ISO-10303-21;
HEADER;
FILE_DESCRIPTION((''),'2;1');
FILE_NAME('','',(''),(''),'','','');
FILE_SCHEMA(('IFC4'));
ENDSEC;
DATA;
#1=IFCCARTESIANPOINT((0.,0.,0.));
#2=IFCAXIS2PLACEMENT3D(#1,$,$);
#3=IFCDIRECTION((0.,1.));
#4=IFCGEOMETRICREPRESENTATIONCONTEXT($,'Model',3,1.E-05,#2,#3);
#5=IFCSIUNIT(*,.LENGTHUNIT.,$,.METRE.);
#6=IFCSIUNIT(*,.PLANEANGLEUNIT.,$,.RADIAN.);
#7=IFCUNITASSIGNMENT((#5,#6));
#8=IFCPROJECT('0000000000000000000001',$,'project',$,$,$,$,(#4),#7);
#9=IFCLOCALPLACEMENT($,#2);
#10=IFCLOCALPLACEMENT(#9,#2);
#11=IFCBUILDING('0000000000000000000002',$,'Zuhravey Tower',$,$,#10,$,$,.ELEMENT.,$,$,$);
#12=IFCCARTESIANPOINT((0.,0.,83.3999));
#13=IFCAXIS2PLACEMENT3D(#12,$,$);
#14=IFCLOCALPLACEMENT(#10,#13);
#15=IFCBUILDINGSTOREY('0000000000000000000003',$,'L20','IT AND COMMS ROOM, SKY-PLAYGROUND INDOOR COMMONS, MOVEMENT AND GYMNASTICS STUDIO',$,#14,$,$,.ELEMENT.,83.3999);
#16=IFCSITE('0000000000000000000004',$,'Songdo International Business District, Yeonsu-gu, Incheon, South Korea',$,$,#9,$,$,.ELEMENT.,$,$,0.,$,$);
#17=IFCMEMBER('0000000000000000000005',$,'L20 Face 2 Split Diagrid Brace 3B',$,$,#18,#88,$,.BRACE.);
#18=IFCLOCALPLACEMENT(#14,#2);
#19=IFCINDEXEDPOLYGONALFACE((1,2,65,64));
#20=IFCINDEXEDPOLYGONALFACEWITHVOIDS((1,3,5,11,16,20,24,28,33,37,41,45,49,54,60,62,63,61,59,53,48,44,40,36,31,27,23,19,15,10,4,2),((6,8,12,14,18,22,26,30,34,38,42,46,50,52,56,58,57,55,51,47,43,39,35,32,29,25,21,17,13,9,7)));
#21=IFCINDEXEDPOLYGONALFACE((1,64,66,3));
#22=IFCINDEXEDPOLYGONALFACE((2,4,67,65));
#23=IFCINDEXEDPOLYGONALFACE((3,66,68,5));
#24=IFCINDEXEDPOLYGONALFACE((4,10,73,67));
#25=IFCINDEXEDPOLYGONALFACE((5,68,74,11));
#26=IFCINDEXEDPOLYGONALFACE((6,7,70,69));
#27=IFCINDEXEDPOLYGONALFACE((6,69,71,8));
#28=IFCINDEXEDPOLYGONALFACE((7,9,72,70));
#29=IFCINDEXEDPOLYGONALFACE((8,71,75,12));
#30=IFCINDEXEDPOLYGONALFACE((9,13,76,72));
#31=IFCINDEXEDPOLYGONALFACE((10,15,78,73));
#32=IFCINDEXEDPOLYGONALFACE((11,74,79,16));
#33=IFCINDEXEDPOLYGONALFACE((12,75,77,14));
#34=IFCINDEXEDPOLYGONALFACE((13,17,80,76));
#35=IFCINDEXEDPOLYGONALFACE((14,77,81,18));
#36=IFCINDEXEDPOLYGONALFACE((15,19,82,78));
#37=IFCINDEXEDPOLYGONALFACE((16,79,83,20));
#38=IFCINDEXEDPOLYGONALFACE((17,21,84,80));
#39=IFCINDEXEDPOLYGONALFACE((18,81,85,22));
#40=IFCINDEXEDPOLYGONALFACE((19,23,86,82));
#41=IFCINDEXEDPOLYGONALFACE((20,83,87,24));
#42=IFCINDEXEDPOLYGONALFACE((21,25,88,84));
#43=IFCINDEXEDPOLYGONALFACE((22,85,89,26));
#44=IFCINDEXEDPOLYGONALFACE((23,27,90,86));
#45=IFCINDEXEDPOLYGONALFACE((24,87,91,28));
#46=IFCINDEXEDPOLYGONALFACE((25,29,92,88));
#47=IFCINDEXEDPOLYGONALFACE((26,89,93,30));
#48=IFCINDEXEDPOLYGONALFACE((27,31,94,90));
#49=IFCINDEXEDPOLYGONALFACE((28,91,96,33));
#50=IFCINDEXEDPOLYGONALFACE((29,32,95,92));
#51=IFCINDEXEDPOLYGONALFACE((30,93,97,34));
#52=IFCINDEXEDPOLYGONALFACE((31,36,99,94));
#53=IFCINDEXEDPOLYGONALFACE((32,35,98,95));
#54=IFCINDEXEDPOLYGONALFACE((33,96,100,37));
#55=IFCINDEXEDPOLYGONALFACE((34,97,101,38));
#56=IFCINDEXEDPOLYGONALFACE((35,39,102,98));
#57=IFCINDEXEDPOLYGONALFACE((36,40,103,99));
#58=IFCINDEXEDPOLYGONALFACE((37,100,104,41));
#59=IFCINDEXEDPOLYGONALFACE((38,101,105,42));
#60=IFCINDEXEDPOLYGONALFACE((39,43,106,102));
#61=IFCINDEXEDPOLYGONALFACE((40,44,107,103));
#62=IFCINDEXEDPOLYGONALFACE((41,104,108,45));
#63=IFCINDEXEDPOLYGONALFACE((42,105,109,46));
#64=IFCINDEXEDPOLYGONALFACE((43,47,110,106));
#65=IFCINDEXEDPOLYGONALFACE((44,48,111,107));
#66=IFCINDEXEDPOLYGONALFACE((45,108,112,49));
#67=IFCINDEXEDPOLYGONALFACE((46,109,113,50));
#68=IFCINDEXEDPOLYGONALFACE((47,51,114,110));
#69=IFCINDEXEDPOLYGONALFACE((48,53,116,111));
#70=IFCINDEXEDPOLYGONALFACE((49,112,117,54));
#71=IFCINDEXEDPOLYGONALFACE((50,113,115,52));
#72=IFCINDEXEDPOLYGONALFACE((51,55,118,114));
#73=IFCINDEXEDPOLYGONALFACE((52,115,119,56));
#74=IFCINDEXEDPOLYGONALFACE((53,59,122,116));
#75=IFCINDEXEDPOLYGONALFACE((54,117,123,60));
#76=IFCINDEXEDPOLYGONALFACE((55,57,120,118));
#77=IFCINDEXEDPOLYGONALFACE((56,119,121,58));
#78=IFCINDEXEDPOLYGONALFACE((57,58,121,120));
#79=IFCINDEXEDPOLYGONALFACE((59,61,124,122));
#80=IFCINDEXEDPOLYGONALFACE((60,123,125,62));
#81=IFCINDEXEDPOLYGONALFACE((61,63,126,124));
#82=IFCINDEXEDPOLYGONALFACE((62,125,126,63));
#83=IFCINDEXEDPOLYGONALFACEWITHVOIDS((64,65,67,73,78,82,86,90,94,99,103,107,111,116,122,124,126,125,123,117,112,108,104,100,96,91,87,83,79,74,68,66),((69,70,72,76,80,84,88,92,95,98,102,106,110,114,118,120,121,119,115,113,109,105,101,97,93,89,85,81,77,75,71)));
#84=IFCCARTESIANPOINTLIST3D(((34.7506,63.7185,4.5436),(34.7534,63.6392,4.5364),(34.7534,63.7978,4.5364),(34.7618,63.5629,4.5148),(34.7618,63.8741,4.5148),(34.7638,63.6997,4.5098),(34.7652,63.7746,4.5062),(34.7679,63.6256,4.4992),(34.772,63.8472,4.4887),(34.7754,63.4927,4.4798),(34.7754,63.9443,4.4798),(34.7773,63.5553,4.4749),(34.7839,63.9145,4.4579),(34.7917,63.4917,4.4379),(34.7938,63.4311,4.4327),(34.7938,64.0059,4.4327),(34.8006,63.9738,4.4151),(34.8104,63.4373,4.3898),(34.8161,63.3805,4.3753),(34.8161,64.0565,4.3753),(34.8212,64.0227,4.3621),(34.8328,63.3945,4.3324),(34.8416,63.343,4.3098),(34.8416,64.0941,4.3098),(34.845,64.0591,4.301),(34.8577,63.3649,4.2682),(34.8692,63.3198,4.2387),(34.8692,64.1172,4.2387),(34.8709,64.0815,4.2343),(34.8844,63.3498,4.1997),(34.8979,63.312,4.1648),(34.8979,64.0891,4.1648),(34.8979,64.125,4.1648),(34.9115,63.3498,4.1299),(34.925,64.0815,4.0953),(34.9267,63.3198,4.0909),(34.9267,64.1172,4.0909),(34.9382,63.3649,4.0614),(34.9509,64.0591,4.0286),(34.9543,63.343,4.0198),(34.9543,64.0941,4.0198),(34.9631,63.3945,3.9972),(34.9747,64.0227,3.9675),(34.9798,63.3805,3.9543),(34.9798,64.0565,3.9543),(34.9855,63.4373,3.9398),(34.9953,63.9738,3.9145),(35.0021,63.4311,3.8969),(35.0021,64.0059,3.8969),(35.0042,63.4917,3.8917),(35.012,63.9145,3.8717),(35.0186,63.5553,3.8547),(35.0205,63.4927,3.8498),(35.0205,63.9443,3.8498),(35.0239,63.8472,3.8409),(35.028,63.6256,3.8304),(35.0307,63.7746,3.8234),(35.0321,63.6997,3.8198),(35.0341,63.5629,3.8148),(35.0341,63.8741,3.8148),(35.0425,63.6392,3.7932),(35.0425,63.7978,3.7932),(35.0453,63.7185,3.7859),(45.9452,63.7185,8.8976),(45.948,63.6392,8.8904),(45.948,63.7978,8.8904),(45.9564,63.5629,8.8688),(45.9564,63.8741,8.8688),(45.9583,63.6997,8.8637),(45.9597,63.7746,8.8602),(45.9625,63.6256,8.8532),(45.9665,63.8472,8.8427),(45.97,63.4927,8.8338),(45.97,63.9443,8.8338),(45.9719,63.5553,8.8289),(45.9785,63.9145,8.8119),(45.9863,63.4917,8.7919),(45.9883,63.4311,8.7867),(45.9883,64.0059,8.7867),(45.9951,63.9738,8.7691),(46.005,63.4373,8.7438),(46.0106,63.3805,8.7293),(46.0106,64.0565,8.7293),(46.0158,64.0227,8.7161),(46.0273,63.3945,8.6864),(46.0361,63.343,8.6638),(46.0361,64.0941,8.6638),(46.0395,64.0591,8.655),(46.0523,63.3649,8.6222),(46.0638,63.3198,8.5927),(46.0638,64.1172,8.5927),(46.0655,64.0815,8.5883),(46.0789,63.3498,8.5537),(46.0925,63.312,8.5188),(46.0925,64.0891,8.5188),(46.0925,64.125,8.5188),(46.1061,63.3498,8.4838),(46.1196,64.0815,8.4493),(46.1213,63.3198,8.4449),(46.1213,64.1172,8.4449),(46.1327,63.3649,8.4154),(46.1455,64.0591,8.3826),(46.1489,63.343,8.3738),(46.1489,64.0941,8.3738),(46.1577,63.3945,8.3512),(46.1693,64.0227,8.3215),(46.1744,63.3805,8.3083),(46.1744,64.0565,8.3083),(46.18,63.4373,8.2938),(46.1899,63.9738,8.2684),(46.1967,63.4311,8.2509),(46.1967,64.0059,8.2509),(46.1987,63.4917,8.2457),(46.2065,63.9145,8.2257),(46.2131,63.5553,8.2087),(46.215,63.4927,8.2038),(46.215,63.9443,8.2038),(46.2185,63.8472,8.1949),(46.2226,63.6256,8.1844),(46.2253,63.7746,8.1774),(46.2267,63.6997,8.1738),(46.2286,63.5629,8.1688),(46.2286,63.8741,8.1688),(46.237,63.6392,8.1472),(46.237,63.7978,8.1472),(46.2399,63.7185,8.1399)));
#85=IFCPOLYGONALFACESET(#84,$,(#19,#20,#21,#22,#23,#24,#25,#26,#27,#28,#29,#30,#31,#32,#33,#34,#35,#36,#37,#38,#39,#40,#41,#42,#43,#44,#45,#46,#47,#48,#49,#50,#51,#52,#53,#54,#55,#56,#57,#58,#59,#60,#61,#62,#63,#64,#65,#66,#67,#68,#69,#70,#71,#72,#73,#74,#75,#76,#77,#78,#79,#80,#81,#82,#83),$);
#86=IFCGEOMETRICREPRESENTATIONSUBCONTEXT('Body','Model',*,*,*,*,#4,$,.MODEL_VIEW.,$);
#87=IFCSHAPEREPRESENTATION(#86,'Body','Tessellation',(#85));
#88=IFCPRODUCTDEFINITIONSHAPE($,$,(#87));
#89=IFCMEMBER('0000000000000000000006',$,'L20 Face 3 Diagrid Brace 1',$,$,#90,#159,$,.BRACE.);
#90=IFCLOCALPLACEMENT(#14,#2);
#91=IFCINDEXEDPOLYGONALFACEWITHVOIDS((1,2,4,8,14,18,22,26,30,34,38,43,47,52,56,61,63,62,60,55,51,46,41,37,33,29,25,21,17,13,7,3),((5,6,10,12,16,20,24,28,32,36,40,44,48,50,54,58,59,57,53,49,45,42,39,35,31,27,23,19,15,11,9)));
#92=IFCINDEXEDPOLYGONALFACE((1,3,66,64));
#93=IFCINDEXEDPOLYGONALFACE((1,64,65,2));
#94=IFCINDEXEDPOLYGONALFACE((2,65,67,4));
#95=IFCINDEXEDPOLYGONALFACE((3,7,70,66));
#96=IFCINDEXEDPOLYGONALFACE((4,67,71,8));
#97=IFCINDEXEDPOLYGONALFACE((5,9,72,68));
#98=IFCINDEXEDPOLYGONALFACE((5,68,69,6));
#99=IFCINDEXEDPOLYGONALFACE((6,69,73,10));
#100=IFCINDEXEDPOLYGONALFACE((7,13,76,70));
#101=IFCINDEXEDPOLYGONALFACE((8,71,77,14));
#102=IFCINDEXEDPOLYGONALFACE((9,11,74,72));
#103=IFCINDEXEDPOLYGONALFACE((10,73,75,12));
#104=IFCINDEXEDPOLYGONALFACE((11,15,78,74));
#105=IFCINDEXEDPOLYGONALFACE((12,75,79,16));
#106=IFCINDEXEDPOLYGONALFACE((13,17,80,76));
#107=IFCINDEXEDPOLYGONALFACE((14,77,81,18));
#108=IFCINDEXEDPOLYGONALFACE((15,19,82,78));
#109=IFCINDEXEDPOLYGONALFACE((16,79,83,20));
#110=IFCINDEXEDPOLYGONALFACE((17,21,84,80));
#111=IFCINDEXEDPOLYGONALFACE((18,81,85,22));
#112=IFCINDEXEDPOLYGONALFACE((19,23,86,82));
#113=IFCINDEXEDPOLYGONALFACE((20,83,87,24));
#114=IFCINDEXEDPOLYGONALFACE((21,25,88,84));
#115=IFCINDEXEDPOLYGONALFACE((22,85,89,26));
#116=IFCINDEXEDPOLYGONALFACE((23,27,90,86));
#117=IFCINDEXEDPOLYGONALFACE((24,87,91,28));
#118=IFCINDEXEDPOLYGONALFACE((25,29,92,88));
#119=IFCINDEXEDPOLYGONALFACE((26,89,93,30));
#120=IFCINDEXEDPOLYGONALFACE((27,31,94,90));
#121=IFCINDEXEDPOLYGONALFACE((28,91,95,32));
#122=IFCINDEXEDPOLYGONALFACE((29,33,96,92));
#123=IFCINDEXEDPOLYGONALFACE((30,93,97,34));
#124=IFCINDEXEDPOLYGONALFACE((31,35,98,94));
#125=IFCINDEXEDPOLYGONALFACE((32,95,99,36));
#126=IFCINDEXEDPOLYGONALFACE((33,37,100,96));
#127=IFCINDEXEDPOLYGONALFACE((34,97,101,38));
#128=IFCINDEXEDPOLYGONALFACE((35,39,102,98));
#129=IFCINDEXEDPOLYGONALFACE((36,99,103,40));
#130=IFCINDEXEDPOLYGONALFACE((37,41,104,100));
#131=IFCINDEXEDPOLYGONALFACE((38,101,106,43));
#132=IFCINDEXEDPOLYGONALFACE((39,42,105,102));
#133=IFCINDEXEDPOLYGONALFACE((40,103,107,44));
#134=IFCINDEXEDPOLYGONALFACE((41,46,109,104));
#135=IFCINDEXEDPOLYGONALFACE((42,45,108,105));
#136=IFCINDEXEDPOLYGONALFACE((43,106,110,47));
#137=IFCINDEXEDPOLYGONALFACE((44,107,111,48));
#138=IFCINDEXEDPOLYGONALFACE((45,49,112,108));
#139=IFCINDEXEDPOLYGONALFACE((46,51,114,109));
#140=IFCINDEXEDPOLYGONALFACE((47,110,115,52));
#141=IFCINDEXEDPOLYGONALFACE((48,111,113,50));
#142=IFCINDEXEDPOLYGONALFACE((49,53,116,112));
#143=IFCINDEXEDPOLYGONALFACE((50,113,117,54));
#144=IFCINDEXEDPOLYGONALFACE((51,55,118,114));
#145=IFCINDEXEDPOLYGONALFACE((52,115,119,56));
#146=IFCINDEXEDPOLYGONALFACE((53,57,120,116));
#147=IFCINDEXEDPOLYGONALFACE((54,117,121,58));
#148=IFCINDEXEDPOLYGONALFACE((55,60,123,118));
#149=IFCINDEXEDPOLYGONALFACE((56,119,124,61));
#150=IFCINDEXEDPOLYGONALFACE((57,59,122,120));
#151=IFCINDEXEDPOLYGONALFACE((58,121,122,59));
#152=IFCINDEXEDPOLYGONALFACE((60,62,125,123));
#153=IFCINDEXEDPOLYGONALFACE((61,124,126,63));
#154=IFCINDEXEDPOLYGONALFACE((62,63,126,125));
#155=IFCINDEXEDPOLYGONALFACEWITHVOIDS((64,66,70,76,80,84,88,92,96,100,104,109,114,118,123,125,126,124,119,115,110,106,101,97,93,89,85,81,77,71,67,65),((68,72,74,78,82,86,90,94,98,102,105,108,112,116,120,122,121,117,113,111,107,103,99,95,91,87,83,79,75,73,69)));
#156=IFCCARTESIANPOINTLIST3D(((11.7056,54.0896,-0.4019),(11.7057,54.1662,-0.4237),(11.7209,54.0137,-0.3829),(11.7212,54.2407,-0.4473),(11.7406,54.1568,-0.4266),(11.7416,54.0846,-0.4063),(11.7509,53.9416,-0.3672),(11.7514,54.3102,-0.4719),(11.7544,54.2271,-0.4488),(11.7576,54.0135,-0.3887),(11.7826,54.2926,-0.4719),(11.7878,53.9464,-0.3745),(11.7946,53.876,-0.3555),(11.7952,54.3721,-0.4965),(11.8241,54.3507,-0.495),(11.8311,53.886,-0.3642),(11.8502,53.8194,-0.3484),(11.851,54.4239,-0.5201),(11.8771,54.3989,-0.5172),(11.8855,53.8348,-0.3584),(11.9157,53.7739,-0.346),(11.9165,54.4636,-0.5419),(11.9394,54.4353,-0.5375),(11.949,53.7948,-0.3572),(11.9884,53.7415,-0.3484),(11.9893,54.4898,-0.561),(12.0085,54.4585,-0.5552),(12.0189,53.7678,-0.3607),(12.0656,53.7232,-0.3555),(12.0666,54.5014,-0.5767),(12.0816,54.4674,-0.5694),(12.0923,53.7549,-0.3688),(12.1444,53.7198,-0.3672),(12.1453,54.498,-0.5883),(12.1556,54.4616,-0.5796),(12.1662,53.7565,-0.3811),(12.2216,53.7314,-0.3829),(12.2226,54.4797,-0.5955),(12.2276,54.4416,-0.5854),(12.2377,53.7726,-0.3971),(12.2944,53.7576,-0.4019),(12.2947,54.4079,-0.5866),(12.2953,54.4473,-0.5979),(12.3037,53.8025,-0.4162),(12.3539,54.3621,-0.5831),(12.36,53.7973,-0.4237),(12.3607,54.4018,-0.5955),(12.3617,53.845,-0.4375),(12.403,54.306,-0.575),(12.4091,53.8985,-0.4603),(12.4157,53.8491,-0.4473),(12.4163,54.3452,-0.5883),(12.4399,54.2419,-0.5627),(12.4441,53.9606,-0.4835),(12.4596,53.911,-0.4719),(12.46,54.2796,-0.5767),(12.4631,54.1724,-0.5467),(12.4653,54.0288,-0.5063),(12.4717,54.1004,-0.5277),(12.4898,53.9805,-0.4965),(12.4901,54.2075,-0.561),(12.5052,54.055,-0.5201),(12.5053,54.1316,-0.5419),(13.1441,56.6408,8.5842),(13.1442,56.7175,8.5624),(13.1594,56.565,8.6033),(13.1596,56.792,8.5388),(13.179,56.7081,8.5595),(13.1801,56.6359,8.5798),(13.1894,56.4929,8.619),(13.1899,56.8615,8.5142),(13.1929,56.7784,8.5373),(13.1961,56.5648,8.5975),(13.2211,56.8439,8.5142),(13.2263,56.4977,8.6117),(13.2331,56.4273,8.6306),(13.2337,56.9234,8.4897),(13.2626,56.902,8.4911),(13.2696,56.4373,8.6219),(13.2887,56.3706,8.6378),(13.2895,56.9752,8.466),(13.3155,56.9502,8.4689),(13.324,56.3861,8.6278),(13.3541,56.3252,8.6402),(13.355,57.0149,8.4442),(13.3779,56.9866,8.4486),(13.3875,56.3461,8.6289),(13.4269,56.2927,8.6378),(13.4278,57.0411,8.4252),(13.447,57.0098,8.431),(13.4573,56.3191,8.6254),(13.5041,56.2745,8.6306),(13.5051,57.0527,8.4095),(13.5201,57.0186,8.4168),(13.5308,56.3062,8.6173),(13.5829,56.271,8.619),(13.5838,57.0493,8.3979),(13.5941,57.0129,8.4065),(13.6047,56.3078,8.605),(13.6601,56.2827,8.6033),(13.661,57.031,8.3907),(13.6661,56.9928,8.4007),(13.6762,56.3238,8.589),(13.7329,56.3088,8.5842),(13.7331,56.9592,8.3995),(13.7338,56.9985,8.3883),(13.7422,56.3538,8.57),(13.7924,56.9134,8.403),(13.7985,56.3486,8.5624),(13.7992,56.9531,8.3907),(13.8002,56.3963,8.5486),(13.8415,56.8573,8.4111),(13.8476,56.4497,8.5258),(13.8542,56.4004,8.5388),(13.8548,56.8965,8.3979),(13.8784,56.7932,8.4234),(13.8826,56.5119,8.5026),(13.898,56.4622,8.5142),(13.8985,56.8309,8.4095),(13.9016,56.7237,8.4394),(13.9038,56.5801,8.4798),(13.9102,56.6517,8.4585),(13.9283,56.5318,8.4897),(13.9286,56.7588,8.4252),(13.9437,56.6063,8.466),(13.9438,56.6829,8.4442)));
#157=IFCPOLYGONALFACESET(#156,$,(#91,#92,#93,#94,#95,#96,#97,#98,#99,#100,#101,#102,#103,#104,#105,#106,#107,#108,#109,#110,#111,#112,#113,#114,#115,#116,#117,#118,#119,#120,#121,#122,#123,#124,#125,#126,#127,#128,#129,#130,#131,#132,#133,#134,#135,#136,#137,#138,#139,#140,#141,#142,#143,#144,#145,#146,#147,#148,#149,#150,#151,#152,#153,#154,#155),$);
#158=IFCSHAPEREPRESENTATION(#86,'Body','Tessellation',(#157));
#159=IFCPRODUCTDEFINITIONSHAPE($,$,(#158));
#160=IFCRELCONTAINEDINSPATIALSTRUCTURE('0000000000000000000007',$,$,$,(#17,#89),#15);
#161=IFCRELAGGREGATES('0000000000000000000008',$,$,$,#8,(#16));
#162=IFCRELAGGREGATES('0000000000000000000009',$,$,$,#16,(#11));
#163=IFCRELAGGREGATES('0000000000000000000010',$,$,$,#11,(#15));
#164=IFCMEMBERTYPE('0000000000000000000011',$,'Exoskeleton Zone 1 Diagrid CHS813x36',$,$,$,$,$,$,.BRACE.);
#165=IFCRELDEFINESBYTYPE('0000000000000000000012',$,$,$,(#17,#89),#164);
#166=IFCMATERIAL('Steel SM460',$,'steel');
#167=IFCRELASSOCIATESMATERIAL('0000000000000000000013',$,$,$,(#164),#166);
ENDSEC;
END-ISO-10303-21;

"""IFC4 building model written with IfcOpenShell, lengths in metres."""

from ifc_helpers import new_model, si_unit, direction, frame, origin, origin_2d, place, context, subcontext, project, spatial, hollow_circle, extrude, material, material_profile, profile_set, type_object, element, save


model = new_model("IFC4")

# Units and contexts
model_context = context("Model", 3, precision=1e-05, world=origin(), true_north=direction((0.0, 1.0)))
body_context = subcontext(model_context, "Body", "Model", "MODEL_VIEW")
ifc_project = project(units=[si_unit("LENGTHUNIT", "METRE"), si_unit("PLANEANGLEUNIT", "RADIAN")], contexts=[model_context])

# Site, building, storey
site_placement = place(None, origin())
site = spatial("IfcSite", under=ifc_project, at=site_placement, Name="Songdo International Business District, Yeonsu-gu, Incheon, South Korea", CompositionType="ELEMENT", RefElevation=0.0)
building_placement = place(site_placement, origin())
building = spatial("IfcBuilding", under=site, at=building_placement, Name="Zuhravey Tower", CompositionType="ELEMENT")
storey_placement = place(building_placement, frame((0.0, 0.0, 83.3999)))
storey = spatial("IfcBuildingStorey", under=building, at=storey_placement, Name="L20", Description="IT AND COMMS ROOM, SKY-PLAYGROUND INDOOR COMMONS, MOVEMENT AND GYMNASTICS STUDIO", CompositionType="ELEMENT", Elevation=83.3999)

# Members
ifc_material_1 = material(Name="Steel SM460", Category="steel")
ifc_material_profile_1 = material_profile(ifc_material_1, hollow_circle(Radius=0.4065, WallThickness=0.0359, at=origin_2d()), Name="CHS-812.8x36")
ifc_profile_set_1 = profile_set([ifc_material_profile_1], Name="Steel SM460")
member_type_1 = type_object("IfcMemberType", Name="Exoskeleton Zone 1 Diagrid CHS813x36", PredefinedType="BRACE", material=ifc_profile_set_1)
member_1_placement = place(storey_placement, frame((34.8979, 63.7185, 4.1648), z_axis=(0.931989, 0.0, 0.362486), x_axis=(0.0, 1.0, 0.0)))
element("IfcMember", 1, at=member_1_placement, inside=storey, type_object=member_type_1, Name="L20 Face 2 Split Diagrid Brace 3B", PredefinedType="BRACE", context=body_context, shape_type="SweptSolid", body=[
    extrude(hollow_circle(Radius=0.4065, WallThickness=0.0359, at=origin_2d()), origin(), (0.0, 0.0, 1.0), 12.0115),
])
member_2_placement = place(storey_placement, frame((12.1055, 54.1106, -0.4719), z_axis=(0.152198, 0.269937, 0.950773), x_axis=(-0.871081, 0.49114, 0.0)))
element("IfcMember", 2, at=member_2_placement, inside=storey, type_object=member_type_1, Name="L20 Face 3 Diagrid Brace 1", PredefinedType="BRACE", context=body_context, shape_type="SweptSolid", body=[
    extrude(hollow_circle(Radius=0.4065, WallThickness=0.0359, at=origin_2d()), origin(), (0.0, 0.0, 1.0), 9.4514),
])

save(model, "model.ifc")
